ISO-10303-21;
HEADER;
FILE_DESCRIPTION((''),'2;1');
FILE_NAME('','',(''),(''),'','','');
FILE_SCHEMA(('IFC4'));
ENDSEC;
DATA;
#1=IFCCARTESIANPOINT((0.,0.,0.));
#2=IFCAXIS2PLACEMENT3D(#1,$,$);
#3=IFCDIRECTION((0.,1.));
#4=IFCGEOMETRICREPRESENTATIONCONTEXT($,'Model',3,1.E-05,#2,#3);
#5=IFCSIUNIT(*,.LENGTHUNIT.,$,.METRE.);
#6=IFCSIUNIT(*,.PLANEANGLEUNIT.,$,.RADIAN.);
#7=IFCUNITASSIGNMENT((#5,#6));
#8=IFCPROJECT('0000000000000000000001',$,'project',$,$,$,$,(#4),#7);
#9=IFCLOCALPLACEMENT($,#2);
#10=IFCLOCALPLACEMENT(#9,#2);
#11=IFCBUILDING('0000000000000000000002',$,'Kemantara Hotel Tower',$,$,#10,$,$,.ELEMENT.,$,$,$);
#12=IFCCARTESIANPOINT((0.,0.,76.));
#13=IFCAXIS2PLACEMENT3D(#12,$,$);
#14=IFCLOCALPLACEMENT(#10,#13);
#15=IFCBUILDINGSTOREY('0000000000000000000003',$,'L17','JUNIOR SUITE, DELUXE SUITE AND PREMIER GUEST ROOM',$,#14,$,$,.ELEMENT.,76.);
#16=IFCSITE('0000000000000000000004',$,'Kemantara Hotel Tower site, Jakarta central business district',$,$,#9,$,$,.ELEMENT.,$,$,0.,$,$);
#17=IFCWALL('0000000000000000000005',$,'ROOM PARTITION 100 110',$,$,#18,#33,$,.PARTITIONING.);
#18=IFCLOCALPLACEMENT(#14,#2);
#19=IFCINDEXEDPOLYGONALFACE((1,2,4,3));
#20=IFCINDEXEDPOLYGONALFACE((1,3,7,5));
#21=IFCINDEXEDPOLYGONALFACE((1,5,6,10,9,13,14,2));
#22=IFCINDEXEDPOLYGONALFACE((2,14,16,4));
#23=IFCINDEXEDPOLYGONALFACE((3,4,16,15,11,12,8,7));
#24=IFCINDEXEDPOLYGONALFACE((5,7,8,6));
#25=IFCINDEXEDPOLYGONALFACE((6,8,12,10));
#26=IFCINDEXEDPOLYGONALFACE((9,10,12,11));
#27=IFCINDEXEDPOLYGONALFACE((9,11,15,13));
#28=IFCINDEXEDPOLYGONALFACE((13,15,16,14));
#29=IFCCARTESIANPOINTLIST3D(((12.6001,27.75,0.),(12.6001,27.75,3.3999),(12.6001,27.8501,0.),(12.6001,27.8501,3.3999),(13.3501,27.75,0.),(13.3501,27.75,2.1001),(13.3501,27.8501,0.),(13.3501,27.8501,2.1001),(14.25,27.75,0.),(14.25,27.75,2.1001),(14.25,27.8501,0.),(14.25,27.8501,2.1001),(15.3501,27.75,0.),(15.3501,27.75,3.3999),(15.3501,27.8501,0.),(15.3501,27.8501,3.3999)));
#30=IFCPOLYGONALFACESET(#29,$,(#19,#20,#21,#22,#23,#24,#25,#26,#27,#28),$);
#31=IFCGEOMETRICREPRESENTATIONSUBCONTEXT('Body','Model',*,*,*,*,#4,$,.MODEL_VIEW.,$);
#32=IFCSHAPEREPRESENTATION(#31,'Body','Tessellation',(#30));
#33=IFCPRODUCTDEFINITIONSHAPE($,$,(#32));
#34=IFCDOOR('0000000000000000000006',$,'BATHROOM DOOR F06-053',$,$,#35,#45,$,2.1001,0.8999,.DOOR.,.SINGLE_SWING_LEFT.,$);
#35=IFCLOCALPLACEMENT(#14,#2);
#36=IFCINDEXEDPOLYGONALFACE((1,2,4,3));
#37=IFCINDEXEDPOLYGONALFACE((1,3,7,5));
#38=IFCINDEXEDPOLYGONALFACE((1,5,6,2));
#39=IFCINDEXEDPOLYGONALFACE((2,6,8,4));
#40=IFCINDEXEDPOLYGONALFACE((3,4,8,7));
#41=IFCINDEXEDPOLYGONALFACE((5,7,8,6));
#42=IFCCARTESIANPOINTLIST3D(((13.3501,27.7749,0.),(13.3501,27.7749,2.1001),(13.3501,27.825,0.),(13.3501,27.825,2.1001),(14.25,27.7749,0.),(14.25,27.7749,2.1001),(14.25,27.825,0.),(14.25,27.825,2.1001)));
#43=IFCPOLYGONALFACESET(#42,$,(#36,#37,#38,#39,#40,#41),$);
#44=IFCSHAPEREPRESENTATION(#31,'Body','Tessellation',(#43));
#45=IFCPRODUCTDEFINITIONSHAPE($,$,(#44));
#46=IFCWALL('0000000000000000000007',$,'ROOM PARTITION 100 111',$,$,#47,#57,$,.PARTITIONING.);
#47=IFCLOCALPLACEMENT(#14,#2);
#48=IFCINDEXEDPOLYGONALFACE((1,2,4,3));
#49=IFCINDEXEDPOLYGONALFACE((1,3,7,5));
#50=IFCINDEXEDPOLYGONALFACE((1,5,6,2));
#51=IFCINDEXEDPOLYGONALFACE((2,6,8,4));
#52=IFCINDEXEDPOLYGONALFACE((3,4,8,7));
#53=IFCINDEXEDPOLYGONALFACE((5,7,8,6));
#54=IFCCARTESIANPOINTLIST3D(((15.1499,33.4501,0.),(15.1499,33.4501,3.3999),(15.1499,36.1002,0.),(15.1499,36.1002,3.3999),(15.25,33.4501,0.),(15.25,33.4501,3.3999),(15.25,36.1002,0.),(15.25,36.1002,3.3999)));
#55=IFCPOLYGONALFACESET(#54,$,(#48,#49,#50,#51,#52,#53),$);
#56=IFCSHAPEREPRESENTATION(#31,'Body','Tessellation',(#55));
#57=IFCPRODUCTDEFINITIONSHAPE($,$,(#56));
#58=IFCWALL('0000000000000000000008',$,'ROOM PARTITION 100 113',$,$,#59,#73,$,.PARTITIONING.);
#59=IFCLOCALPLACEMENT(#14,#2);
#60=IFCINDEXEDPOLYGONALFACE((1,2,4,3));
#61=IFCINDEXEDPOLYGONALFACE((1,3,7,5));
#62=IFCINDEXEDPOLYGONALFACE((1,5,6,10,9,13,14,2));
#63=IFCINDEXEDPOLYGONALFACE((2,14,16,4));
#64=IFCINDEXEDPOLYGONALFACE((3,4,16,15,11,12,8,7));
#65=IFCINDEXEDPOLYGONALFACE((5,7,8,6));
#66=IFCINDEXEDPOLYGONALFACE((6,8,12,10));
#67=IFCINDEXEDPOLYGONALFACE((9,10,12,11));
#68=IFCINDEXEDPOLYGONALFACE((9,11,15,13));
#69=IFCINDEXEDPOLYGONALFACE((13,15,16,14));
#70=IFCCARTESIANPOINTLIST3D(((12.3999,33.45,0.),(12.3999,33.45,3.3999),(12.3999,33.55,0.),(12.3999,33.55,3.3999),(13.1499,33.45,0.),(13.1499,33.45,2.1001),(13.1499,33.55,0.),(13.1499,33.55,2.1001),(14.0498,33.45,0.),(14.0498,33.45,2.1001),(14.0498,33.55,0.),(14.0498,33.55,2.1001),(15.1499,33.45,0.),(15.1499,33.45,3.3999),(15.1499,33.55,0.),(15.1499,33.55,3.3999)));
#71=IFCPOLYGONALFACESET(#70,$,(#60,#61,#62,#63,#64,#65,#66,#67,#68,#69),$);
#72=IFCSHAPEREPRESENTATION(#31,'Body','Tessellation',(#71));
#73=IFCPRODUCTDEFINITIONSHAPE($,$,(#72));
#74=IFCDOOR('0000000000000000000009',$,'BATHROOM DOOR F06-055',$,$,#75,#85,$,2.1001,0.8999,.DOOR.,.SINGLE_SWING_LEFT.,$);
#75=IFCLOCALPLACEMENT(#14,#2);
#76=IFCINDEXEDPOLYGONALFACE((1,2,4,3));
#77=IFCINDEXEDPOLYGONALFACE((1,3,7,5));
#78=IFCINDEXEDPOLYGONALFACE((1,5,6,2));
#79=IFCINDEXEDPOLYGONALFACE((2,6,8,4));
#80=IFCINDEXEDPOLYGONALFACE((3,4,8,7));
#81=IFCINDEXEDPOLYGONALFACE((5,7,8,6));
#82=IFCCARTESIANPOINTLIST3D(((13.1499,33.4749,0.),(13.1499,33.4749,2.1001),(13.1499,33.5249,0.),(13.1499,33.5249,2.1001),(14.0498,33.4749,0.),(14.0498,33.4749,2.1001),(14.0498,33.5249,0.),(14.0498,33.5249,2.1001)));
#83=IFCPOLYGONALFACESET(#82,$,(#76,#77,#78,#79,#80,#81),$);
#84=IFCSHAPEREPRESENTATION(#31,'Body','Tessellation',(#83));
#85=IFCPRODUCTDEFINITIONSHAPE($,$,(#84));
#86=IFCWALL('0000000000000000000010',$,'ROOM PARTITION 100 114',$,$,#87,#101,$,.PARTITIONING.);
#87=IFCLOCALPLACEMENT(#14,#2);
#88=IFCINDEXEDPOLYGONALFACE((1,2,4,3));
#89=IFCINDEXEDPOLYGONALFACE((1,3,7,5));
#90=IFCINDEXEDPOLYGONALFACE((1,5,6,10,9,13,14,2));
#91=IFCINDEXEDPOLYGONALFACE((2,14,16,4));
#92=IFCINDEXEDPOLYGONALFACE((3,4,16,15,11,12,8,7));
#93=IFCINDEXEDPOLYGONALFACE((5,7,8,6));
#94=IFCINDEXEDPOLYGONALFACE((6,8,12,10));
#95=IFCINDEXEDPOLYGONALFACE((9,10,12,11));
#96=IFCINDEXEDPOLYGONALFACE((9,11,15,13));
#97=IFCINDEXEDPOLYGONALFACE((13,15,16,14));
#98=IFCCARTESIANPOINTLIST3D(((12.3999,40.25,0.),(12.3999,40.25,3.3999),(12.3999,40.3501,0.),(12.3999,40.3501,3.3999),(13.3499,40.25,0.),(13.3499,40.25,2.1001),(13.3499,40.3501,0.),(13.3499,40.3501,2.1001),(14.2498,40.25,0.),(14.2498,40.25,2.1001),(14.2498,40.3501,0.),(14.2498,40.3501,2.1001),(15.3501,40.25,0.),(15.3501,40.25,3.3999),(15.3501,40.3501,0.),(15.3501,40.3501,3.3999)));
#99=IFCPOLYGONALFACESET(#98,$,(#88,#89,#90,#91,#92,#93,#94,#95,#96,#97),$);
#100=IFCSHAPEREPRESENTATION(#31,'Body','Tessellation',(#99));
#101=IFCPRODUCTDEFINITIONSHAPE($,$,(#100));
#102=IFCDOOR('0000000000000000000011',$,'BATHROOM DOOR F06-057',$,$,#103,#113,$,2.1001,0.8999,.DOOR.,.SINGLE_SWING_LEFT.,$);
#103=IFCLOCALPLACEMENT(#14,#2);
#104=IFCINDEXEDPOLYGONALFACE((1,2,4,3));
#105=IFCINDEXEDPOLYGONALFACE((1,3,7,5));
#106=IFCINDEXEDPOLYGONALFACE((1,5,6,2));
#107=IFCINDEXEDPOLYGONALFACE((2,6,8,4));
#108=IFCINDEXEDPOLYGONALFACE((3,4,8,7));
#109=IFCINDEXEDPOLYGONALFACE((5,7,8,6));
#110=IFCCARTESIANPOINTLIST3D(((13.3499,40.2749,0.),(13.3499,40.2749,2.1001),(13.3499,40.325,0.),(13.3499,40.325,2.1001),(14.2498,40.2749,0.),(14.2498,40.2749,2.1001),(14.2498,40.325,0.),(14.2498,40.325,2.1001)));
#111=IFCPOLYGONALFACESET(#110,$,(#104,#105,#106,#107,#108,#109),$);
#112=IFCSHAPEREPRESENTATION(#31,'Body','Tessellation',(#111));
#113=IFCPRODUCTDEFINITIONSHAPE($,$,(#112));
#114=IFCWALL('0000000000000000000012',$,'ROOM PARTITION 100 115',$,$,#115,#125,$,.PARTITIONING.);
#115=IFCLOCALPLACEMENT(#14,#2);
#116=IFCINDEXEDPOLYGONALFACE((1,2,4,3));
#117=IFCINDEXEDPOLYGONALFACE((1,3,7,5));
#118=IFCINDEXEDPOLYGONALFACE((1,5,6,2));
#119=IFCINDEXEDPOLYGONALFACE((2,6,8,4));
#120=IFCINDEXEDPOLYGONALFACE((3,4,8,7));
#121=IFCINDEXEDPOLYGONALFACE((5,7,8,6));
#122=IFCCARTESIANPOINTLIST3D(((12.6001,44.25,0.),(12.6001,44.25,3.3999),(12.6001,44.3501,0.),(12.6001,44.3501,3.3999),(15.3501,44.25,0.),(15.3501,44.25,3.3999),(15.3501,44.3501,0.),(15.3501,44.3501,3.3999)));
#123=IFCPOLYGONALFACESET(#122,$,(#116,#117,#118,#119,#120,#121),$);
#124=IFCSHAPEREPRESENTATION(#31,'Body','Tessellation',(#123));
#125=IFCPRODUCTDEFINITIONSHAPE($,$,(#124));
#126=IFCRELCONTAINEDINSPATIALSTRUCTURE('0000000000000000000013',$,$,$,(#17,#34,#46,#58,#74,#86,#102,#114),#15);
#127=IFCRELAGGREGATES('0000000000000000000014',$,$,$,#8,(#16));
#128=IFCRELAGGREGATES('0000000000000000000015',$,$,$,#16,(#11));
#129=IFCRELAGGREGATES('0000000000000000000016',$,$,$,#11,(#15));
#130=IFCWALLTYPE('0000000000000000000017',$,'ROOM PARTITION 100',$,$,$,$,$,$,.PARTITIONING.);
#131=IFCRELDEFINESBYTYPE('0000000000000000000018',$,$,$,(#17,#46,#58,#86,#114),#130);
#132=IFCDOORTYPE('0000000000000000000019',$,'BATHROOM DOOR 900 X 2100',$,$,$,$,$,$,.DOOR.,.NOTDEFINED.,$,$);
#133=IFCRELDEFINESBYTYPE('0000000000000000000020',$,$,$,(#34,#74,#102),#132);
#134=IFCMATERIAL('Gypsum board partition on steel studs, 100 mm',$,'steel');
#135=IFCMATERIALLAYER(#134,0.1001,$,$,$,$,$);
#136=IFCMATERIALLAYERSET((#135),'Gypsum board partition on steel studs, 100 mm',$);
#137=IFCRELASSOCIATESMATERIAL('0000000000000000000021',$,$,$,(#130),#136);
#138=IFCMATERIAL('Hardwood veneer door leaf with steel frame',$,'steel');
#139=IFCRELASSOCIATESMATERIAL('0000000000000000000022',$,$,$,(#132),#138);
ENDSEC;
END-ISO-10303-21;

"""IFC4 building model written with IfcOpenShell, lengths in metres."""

from ifc_helpers import new_model, si_unit, direction, frame, frame_2d, origin, place, context, subcontext, project, spatial, rectangle, extrude, material, layer, layer_set, type_object, element, fill, save


model = new_model("IFC4")

# Units and contexts
model_context = context("Model", 3, precision=1e-05, world=origin(), true_north=direction((0.0, 1.0)))
body_context = subcontext(model_context, "Body", "Model", "MODEL_VIEW")
ifc_project = project(units=[si_unit("LENGTHUNIT", "METRE"), si_unit("PLANEANGLEUNIT", "RADIAN")], contexts=[model_context])

# Site, building, storey
site_placement = place(None, origin())
site = spatial("IfcSite", under=ifc_project, at=site_placement, Name="Kemantara Hotel Tower site, Jakarta central business district", CompositionType="ELEMENT", RefElevation=0.0)
building_placement = place(site_placement, origin())
building = spatial("IfcBuilding", under=site, at=building_placement, Name="Kemantara Hotel Tower", CompositionType="ELEMENT")
storey_placement = place(building_placement, frame((0.0, 0.0, 76.0)))
storey = spatial("IfcBuildingStorey", under=building, at=storey_placement, Name="L17", Description="JUNIOR SUITE, DELUXE SUITE AND PREMIER GUEST ROOM", CompositionType="ELEMENT", Elevation=76.0)

# Shared definitions
ifc_material_1 = material(Name="Hardwood veneer door leaf with steel frame", Category="steel")

# Shared definitions
ifc_material_2 = material(Name="Gypsum board partition on steel studs, 100 mm", Category="steel")
ifc_layer_1 = layer(ifc_material_2, 0.1001)
ifc_layer_set_1 = layer_set([ifc_layer_1], Name="Gypsum board partition on steel studs, 100 mm")
wall_type_1 = type_object("IfcWallType", Name="ROOM PARTITION 100", PredefinedType="PARTITIONING", material=ifc_layer_set_1)

# Wall, opening, door
wall_1_placement = place(storey_placement, frame((12.6001, 27.8, 0.0), z_axis=(0.0, 0.0, 1.0), x_axis=(1.0, 0.0, 0.0)))
wall_1 = element("IfcWall", 1, at=wall_1_placement, inside=storey, type_object=wall_type_1, Name="ROOM PARTITION 100 110", PredefinedType="PARTITIONING", context=body_context, shape_type="SweptSolid", body=[
    extrude(rectangle(XDim=2.75, YDim=0.1001, at=frame_2d((1.375, 0.0))), origin(), (0.0, 0.0, 1.0), 3.3999),
])
opening_1_placement = place(wall_1_placement, frame((0.75, 0.0, 0.0)))
opening_1 = element("IfcOpeningElement", 2, at=opening_1_placement, cuts=wall_1, PredefinedType="OPENING", context=body_context, shape_type="SweptSolid", body=[
    extrude(rectangle(XDim=0.8999, YDim=2.1001, at=frame_2d((0.45, 1.05))), frame((0.0, 0.0601, 0.0), z_axis=(0.0, -1.0, 0.0), x_axis=(1.0, 0.0, 0.0)), (0.0, 0.0, 1.0), 0.1201),
])
door_type_1 = type_object("IfcDoorType", Name="BATHROOM DOOR 900 X 2100", OperationType="NOTDEFINED", PredefinedType="DOOR", material=ifc_material_1)
door_1_placement = place(opening_1_placement, origin())
door_1 = element("IfcDoor", 3, at=door_1_placement, inside=storey, type_object=door_type_1, Name="BATHROOM DOOR F06-053", OperationType="SINGLE_SWING_LEFT", OverallHeight=2.1001, OverallWidth=0.8999, PredefinedType="DOOR", context=body_context, shape_type="SweptSolid", body=[
    extrude(rectangle(XDim=0.8999, YDim=2.1001, at=frame_2d((0.45, 1.05))), frame((0.0, 0.0249, 0.0), z_axis=(0.0, -1.0, 0.0), x_axis=(1.0, 0.0, 0.0)), (0.0, 0.0, 1.0), 0.05),
])
fill(opening_1, door_1)

# Wall
wall_2_placement = place(storey_placement, frame((15.2, 33.45, 0.0), z_axis=(0.0, 0.0, 1.0), x_axis=(0.0, 1.0, 0.0)))
element("IfcWall", 4, at=wall_2_placement, inside=storey, type_object=wall_type_1, Name="ROOM PARTITION 100 111", PredefinedType="PARTITIONING", context=body_context, shape_type="SweptSolid", body=[
    extrude(rectangle(XDim=2.6501, YDim=0.1001, at=frame_2d((1.3252, 0.0))), origin(), (0.0, 0.0, 1.0), 3.3999),
])

# Walls, openings, doors
wall_3_placement = place(storey_placement, frame((12.3999, 33.5, 0.0), z_axis=(0.0, 0.0, 1.0), x_axis=(1.0, 0.0, 0.0)))
wall_3 = element("IfcWall", 5, at=wall_3_placement, inside=storey, type_object=wall_type_1, Name="ROOM PARTITION 100 113", PredefinedType="PARTITIONING", context=body_context, shape_type="SweptSolid", body=[
    extrude(rectangle(XDim=2.75, YDim=0.1001, at=frame_2d((1.375, 0.0))), origin(), (0.0, 0.0, 1.0), 3.3999),
])
opening_2_placement = place(wall_3_placement, frame((0.75, 0.0, 0.0)))
opening_2 = element("IfcOpeningElement", 6, at=opening_2_placement, cuts=wall_3, PredefinedType="OPENING", context=body_context, shape_type="SweptSolid", body=[
    extrude(rectangle(XDim=0.8999, YDim=2.1001, at=frame_2d((0.45, 1.05))), frame((0.0, 0.0601, 0.0), z_axis=(0.0, -1.0, 0.0), x_axis=(1.0, 0.0, 0.0)), (0.0, 0.0, 1.0), 0.1201),
])
door_2_placement = place(opening_2_placement, origin())
door_2 = element("IfcDoor", 7, at=door_2_placement, inside=storey, type_object=door_type_1, Name="BATHROOM DOOR F06-055", OperationType="SINGLE_SWING_LEFT", OverallHeight=2.1001, OverallWidth=0.8999, PredefinedType="DOOR", context=body_context, shape_type="SweptSolid", body=[
    extrude(rectangle(XDim=0.8999, YDim=2.1001, at=frame_2d((0.45, 1.05))), frame((0.0, 0.0249, 0.0), z_axis=(0.0, -1.0, 0.0), x_axis=(1.0, 0.0, 0.0)), (0.0, 0.0, 1.0), 0.05),
])
fill(opening_2, door_2)
wall_4_placement = place(storey_placement, frame((12.3999, 40.3, 0.0), z_axis=(0.0, 0.0, 1.0), x_axis=(1.0, 0.0, 0.0)))
wall_4 = element("IfcWall", 8, at=wall_4_placement, inside=storey, type_object=wall_type_1, Name="ROOM PARTITION 100 114", PredefinedType="PARTITIONING", context=body_context, shape_type="SweptSolid", body=[
    extrude(rectangle(XDim=2.9502, YDim=0.1001, at=frame_2d((1.4751, 0.0))), origin(), (0.0, 0.0, 1.0), 3.3999),
])
opening_3_placement = place(wall_4_placement, frame((0.95, 0.0, 0.0)))
opening_3 = element("IfcOpeningElement", 9, at=opening_3_placement, cuts=wall_4, PredefinedType="OPENING", context=body_context, shape_type="SweptSolid", body=[
    extrude(rectangle(XDim=0.8999, YDim=2.1001, at=frame_2d((0.45, 1.05))), frame((0.0, 0.0601, 0.0), z_axis=(0.0, -1.0, 0.0), x_axis=(1.0, 0.0, 0.0)), (0.0, 0.0, 1.0), 0.1201),
])
door_3_placement = place(opening_3_placement, origin())
door_3 = element("IfcDoor", 10, at=door_3_placement, inside=storey, type_object=door_type_1, Name="BATHROOM DOOR F06-057", OperationType="SINGLE_SWING_LEFT", OverallHeight=2.1001, OverallWidth=0.8999, PredefinedType="DOOR", context=body_context, shape_type="SweptSolid", body=[
    extrude(rectangle(XDim=0.8999, YDim=2.1001, at=frame_2d((0.45, 1.05))), frame((0.0, 0.0249, 0.0), z_axis=(0.0, -1.0, 0.0), x_axis=(1.0, 0.0, 0.0)), (0.0, 0.0, 1.0), 0.05),
])
fill(opening_3, door_3)

# Wall
wall_5_placement = place(storey_placement, frame((12.6001, 44.3, 0.0), z_axis=(0.0, 0.0, 1.0), x_axis=(1.0, 0.0, 0.0)))
element("IfcWall", 11, at=wall_5_placement, inside=storey, type_object=wall_type_1, Name="ROOM PARTITION 100 115", PredefinedType="PARTITIONING", context=body_context, shape_type="SweptSolid", body=[
    extrude(rectangle(XDim=2.75, YDim=0.1001, at=frame_2d((1.375, 0.0))), origin(), (0.0, 0.0, 1.0), 3.3999),
])

save(model, "model.ifc")
